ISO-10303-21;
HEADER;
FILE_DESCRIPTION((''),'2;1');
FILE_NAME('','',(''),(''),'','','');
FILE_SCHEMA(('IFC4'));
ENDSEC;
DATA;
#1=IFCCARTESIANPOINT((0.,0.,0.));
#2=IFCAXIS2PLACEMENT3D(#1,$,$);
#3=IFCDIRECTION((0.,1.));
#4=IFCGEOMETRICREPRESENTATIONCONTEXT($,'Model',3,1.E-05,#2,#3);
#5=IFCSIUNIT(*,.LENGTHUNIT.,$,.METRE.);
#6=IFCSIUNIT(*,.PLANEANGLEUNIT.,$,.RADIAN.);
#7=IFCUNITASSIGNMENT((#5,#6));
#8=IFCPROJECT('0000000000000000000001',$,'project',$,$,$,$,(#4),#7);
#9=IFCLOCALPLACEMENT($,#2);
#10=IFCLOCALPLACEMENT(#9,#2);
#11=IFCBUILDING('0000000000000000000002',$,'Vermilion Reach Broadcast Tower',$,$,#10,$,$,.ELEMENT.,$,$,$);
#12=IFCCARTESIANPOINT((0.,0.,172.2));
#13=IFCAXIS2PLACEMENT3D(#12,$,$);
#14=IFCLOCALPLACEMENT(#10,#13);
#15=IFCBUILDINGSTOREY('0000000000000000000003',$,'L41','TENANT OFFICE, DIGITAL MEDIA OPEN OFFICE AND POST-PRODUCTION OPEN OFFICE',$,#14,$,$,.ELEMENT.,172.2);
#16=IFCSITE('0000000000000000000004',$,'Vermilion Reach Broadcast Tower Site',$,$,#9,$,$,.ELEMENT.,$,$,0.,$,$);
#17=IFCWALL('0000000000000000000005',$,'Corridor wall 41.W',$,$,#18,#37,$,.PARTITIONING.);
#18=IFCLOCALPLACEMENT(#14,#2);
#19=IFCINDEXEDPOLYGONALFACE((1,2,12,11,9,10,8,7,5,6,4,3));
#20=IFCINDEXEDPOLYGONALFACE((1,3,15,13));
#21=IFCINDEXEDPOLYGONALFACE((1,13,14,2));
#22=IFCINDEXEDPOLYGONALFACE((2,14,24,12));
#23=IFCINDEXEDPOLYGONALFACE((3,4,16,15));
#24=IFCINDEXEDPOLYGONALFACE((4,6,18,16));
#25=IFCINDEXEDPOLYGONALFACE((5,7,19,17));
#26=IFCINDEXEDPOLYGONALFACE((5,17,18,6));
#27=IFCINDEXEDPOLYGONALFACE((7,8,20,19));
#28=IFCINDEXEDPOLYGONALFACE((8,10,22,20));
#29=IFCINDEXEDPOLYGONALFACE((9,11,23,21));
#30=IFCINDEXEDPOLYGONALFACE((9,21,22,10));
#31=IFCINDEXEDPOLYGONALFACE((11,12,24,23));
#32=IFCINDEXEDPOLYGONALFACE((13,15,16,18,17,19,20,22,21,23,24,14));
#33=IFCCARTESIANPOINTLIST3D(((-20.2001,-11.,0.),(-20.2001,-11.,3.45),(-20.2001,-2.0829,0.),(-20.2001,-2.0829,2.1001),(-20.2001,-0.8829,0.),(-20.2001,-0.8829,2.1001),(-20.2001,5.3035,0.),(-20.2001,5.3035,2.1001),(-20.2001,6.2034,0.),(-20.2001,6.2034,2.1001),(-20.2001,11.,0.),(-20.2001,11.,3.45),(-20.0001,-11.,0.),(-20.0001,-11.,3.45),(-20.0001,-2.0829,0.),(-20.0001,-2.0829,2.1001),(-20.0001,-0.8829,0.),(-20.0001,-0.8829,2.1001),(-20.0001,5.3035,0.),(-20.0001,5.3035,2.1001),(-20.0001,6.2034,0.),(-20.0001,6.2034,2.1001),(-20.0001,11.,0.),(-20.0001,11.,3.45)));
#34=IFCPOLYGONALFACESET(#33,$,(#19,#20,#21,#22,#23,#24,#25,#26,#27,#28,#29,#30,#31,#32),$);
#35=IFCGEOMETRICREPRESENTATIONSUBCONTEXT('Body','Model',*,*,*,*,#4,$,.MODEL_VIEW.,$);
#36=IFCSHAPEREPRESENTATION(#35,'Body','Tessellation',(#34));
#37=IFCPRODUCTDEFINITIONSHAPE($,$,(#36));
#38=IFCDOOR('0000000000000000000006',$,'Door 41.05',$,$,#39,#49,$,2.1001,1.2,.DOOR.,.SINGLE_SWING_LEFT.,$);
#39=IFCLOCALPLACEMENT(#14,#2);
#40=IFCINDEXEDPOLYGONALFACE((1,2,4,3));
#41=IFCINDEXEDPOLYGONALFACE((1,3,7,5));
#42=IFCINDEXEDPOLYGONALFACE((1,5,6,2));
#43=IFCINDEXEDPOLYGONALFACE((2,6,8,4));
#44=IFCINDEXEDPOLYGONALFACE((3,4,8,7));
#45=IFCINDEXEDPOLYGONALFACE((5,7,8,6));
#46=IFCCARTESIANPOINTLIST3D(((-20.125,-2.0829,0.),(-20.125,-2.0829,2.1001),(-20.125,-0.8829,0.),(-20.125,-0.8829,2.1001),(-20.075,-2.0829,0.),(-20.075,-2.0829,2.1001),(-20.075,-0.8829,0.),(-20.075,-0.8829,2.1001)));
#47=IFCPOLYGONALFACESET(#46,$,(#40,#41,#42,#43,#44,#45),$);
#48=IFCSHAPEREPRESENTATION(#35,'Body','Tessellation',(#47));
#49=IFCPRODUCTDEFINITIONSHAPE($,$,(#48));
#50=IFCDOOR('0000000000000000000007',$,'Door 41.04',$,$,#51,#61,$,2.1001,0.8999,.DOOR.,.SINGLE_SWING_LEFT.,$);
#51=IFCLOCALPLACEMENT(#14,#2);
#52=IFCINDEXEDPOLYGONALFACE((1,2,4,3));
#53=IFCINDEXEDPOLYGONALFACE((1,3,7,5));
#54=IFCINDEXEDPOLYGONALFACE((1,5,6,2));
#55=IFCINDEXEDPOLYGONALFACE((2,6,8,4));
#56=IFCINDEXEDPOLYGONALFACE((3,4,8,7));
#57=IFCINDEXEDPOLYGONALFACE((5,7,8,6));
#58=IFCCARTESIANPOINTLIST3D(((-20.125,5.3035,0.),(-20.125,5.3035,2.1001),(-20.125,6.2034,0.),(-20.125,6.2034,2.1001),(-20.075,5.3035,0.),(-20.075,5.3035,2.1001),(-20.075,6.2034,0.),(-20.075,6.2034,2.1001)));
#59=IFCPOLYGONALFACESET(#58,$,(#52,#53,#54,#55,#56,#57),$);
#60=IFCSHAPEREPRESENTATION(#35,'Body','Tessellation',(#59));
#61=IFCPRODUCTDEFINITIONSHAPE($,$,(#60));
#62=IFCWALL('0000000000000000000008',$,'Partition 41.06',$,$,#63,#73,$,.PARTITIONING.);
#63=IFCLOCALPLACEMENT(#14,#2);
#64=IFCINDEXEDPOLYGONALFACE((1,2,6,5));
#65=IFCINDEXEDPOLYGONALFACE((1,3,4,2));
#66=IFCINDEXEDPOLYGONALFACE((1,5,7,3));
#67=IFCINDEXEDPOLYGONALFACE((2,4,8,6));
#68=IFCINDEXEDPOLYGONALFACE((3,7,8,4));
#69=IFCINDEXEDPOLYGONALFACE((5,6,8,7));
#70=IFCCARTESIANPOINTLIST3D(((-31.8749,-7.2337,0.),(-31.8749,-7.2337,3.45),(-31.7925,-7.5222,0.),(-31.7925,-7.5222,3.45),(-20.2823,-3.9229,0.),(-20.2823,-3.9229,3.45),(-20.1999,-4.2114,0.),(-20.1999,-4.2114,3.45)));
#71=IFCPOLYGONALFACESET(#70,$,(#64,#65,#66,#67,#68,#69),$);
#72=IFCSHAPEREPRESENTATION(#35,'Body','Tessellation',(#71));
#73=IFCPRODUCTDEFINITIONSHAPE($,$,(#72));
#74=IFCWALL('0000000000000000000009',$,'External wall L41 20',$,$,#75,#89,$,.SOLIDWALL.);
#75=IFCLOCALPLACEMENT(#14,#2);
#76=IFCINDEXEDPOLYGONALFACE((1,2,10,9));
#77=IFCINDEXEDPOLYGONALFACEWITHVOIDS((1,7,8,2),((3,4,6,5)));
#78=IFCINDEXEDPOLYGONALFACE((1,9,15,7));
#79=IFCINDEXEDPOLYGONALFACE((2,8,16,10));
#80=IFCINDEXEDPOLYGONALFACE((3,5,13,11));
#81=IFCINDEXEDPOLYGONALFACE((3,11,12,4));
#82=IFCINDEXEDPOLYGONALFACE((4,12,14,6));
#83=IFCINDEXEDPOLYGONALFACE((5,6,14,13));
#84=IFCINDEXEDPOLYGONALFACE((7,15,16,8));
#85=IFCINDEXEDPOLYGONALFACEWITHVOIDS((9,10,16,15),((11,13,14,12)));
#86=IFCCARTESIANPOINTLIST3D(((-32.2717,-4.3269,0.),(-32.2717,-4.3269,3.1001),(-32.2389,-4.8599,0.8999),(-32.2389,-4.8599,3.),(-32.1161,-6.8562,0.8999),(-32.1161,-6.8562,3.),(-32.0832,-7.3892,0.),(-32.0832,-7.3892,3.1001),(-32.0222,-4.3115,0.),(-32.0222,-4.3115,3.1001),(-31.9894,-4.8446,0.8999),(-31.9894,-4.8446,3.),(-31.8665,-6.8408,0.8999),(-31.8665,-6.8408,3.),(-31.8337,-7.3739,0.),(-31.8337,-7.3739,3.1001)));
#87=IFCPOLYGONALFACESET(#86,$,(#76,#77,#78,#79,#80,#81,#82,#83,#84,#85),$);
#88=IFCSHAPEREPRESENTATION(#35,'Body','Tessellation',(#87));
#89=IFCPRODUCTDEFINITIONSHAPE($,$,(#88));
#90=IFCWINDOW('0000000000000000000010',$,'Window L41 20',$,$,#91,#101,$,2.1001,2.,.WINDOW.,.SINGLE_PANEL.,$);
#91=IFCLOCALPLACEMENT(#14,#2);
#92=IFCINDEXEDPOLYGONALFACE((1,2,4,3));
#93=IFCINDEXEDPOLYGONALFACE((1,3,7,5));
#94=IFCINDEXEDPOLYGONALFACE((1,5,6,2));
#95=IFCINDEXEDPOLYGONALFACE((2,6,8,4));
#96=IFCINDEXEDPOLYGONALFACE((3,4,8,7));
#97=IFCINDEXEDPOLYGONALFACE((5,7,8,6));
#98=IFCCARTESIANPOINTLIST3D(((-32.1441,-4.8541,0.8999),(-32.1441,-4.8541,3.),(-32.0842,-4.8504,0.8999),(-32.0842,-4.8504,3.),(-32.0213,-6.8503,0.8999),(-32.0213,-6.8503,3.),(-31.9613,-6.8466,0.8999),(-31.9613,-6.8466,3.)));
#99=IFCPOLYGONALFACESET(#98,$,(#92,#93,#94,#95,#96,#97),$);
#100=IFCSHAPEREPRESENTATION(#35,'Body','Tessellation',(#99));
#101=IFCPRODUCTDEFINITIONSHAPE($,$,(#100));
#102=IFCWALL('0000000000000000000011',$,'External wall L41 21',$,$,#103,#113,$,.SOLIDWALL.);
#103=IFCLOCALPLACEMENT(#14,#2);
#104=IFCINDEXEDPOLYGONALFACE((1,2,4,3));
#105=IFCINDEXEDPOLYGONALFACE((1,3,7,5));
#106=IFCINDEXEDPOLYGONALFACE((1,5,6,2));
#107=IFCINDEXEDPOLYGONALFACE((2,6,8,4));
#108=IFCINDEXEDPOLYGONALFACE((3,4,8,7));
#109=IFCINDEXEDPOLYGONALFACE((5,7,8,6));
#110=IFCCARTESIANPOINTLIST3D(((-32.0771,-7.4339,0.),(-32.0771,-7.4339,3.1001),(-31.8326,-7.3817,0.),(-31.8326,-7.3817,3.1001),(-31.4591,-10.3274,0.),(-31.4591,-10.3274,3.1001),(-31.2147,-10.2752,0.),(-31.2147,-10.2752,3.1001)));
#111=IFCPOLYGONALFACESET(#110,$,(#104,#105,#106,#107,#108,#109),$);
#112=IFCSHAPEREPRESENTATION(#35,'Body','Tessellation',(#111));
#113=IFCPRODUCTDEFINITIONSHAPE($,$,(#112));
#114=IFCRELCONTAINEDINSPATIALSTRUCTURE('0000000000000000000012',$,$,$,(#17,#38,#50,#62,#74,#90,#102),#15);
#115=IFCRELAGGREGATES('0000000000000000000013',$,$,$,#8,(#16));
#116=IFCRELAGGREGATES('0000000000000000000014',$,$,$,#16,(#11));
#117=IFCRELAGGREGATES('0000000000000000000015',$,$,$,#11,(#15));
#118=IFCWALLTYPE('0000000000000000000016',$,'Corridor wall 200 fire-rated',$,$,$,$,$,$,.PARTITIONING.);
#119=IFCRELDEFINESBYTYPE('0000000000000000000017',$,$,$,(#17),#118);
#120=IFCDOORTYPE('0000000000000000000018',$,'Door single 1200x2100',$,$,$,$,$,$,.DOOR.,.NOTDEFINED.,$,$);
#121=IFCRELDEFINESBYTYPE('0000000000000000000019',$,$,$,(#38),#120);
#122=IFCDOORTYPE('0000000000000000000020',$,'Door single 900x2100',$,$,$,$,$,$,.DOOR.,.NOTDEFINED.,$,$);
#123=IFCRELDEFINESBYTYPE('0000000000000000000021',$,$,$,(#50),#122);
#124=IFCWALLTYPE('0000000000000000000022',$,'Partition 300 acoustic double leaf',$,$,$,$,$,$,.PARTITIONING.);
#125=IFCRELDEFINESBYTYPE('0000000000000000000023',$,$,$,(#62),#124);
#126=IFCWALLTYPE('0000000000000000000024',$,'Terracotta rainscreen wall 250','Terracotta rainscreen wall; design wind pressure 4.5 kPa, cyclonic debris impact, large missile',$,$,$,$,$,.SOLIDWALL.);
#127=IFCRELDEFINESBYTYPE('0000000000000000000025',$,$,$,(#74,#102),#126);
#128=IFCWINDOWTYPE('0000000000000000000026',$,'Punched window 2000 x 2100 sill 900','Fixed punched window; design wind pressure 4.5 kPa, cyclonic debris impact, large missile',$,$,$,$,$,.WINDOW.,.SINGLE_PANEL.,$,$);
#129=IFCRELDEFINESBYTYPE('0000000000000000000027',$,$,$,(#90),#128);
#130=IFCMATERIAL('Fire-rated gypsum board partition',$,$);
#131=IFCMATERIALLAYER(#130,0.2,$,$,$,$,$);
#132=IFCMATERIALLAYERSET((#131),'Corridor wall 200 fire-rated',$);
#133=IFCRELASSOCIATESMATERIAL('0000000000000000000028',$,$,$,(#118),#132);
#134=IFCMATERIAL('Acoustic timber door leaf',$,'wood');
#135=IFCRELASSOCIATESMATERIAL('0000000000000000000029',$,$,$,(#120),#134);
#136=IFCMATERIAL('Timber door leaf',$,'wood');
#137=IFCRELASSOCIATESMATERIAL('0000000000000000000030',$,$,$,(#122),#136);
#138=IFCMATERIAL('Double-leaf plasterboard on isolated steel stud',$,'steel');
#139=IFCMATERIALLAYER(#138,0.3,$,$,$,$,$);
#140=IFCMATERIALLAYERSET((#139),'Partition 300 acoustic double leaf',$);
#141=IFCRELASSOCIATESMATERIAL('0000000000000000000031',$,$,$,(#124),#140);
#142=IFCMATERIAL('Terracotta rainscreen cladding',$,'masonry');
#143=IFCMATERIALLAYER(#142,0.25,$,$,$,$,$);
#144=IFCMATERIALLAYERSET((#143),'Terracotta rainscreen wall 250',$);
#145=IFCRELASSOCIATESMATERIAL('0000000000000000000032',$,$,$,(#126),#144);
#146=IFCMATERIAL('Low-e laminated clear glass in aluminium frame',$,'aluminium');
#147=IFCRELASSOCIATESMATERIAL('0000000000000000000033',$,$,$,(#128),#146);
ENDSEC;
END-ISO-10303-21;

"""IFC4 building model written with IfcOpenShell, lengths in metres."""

from ifc_helpers import new_model, si_unit, direction, frame, frame_2d, origin, place, context, subcontext, project, spatial, rectangle, extrude, material, layer, layer_set, type_object, element, fill, save


model = new_model("IFC4")

# Units and contexts
model_context = context("Model", 3, precision=1e-05, world=origin(), true_north=direction((0.0, 1.0)))
body_context = subcontext(model_context, "Body", "Model", "MODEL_VIEW")
ifc_project = project(units=[si_unit("LENGTHUNIT", "METRE"), si_unit("PLANEANGLEUNIT", "RADIAN")], contexts=[model_context])

# Site, building, storey
site_placement = place(None, origin())
site = spatial("IfcSite", under=ifc_project, at=site_placement, Name="Vermilion Reach Broadcast Tower Site", CompositionType="ELEMENT", RefElevation=0.0)
building_placement = place(site_placement, origin())
building = spatial("IfcBuilding", under=site, at=building_placement, Name="Vermilion Reach Broadcast Tower", CompositionType="ELEMENT")
storey_placement = place(building_placement, frame((0.0, 0.0, 172.2)))
storey = spatial("IfcBuildingStorey", under=building, at=storey_placement, Name="L41", Description="TENANT OFFICE, DIGITAL MEDIA OPEN OFFICE AND POST-PRODUCTION OPEN OFFICE", CompositionType="ELEMENT", Elevation=172.2)

# Wall, openings, doors
ifc_material_1 = material(Name="Fire-rated gypsum board partition")
ifc_layer_1 = layer(ifc_material_1, 0.2)
ifc_layer_set_1 = layer_set([ifc_layer_1], Name="Corridor wall 200 fire-rated")
wall_type_1 = type_object("IfcWallType", Name="Corridor wall 200 fire-rated", PredefinedType="PARTITIONING", material=ifc_layer_set_1)
wall_1_placement = place(storey_placement, frame((-20.1001, -11.0, 0.0), z_axis=(0.0, 0.0, 1.0), x_axis=(0.0, 1.0, 0.0)))
wall_1 = element("IfcWall", 1, at=wall_1_placement, inside=storey, type_object=wall_type_1, Name="Corridor wall 41.W", PredefinedType="PARTITIONING", context=body_context, shape_type="SweptSolid", body=[
    extrude(rectangle(XDim=22.0, YDim=0.2, at=frame_2d((11.0, 0.0))), origin(), (0.0, 0.0, 1.0), 3.45),
])
opening_1_placement = place(wall_1_placement, frame((16.3035, 0.0, 0.0)))
opening_1 = element("IfcOpeningElement", 2, at=opening_1_placement, cuts=wall_1, PredefinedType="OPENING", context=body_context, shape_type="SweptSolid", body=[
    extrude(rectangle(XDim=0.8999, YDim=2.1001, at=frame_2d((0.45, 1.05))), frame((0.0, 0.1099, 0.0), z_axis=(0.0, -1.0, 0.0), x_axis=(1.0, 0.0, 0.0)), (0.0, 0.0, 1.0), 0.22),
])
opening_2_placement = place(wall_1_placement, frame((8.917, 0.0, 0.0)))
opening_2 = element("IfcOpeningElement", 3, at=opening_2_placement, cuts=wall_1, PredefinedType="OPENING", context=body_context, shape_type="SweptSolid", body=[
    extrude(rectangle(XDim=1.2, YDim=2.1001, at=frame_2d((0.6001, 1.05))), frame((0.0, 0.1099, 0.0), z_axis=(0.0, -1.0, 0.0), x_axis=(1.0, 0.0, 0.0)), (0.0, 0.0, 1.0), 0.22),
])
ifc_material_2 = material(Name="Acoustic timber door leaf", Category="wood")
door_type_1 = type_object("IfcDoorType", Name="Door single 1200x2100", OperationType="NOTDEFINED", PredefinedType="DOOR", material=ifc_material_2)
door_1_placement = place(opening_2_placement, origin())
door_1 = element("IfcDoor", 4, at=door_1_placement, inside=storey, type_object=door_type_1, Name="Door 41.05", OperationType="SINGLE_SWING_LEFT", OverallHeight=2.1001, OverallWidth=1.2, PredefinedType="DOOR", context=body_context, shape_type="SweptSolid", body=[
    extrude(rectangle(XDim=1.2, YDim=2.1001, at=frame_2d((0.6001, 1.05))), frame((0.0, 0.0249, 0.0), z_axis=(0.0, -1.0, 0.0), x_axis=(1.0, 0.0, 0.0)), (0.0, 0.0, 1.0), 0.05),
])
fill(opening_2, door_1)
ifc_material_3 = material(Name="Timber door leaf", Category="wood")
door_type_2 = type_object("IfcDoorType", Name="Door single 900x2100", OperationType="NOTDEFINED", PredefinedType="DOOR", material=ifc_material_3)
door_2_placement = place(opening_1_placement, origin())
door_2 = element("IfcDoor", 5, at=door_2_placement, inside=storey, type_object=door_type_2, Name="Door 41.04", OperationType="SINGLE_SWING_LEFT", OverallHeight=2.1001, OverallWidth=0.8999, PredefinedType="DOOR", context=body_context, shape_type="SweptSolid", body=[
    extrude(rectangle(XDim=0.8999, YDim=2.1001, at=frame_2d((0.45, 1.05))), frame((0.0, 0.0249, 0.0), z_axis=(0.0, -1.0, 0.0), x_axis=(1.0, 0.0, 0.0)), (0.0, 0.0, 1.0), 0.05),
])
fill(opening_1, door_2)

# Wall
ifc_material_4 = material(Name="Double-leaf plasterboard on isolated steel stud", Category="steel")
ifc_layer_2 = layer(ifc_material_4, 0.3)
ifc_layer_set_2 = layer_set([ifc_layer_2], Name="Partition 300 acoustic double leaf")
wall_type_2 = type_object("IfcWallType", Name="Partition 300 acoustic double leaf", PredefinedType="PARTITIONING", material=ifc_layer_set_2)
wall_2_placement = place(storey_placement, frame((-31.8337, -7.3779, 0.0), z_axis=(0.0, 0.0, 1.0), x_axis=(0.961554, 0.274617, 0.0)))
element("IfcWall", 6, at=wall_2_placement, inside=storey, type_object=wall_type_2, Name="Partition 41.06", PredefinedType="PARTITIONING", context=body_context, shape_type="SweptSolid", body=[
    extrude(rectangle(XDim=12.0562, YDim=0.3, at=frame_2d((6.0281, 0.0))), origin(), (0.0, 0.0, 1.0), 3.45),
])

# Shared definitions
ifc_material_5 = material(Name="Terracotta rainscreen cladding", Category="masonry")
ifc_layer_3 = layer(ifc_material_5, 0.25)
ifc_layer_set_3 = layer_set([ifc_layer_3], Name="Terracotta rainscreen wall 250")
wall_type_3 = type_object("IfcWallType", Name="Terracotta rainscreen wall 250", Description="Terracotta rainscreen wall; design wind pressure 4.5 kPa, cyclonic debris impact, large missile", PredefinedType="SOLIDWALL", material=ifc_layer_set_3)

# Wall, opening, window
wall_3_placement = place(storey_placement, frame((-32.147, -4.3191, 0.0), z_axis=(0.0, 0.0, 1.0), x_axis=(0.061432, -0.998111, 0.0)))
wall_3 = element("IfcWall", 7, at=wall_3_placement, inside=storey, type_object=wall_type_3, Name="External wall L41 20", PredefinedType="SOLIDWALL", context=body_context, shape_type="SweptSolid", body=[
    extrude(rectangle(XDim=3.0681, YDim=0.25, at=frame_2d((1.5342, 0.0))), origin(), (0.0, 0.0, 1.0), 3.1001),
])
opening_3_placement = place(wall_3_placement, frame((0.5342, 0.0, 0.8999)))
opening_3 = element("IfcOpeningElement", 8, at=opening_3_placement, cuts=wall_3, PredefinedType="OPENING", context=body_context, shape_type="SweptSolid", body=[
    extrude(rectangle(XDim=2.0, YDim=2.1001, at=frame_2d((1.0, 1.05))), frame((0.0, 0.135, 0.0), z_axis=(0.0, -1.0, 0.0), x_axis=(1.0, 0.0, 0.0)), (0.0, 0.0, 1.0), 0.27),
])
ifc_material_6 = material(Name="Low-e laminated clear glass in aluminium frame", Category="aluminium")
window_type = type_object("IfcWindowType", Name="Punched window 2000 x 2100 sill 900", Description="Fixed punched window; design wind pressure 4.5 kPa, cyclonic debris impact, large missile", PartitioningType="SINGLE_PANEL", PredefinedType="WINDOW", material=ifc_material_6)
window_placement = place(opening_3_placement, origin())
window = element("IfcWindow", 9, at=window_placement, inside=storey, type_object=window_type, Name="Window L41 20", OverallHeight=2.1001, OverallWidth=2.0, PartitioningType="SINGLE_PANEL", PredefinedType="WINDOW", context=body_context, shape_type="SweptSolid", body=[
    extrude(rectangle(XDim=2.0, YDim=2.1001, at=frame_2d((1.0, 1.05))), frame((0.0, 0.03, 0.0), z_axis=(0.0, -1.0, 0.0), x_axis=(1.0, 0.0, 0.0)), (0.0, 0.0, 1.0), 0.0601),
])
fill(opening_3, window)

# Wall
wall_4_placement = place(storey_placement, frame((-31.9548, -7.4077, 0.0), z_axis=(0.0, 0.0, 1.0), x_axis=(0.208842, -0.977949, 0.0)))
element("IfcWall", 10, at=wall_4_placement, inside=storey, type_object=wall_type_3, Name="External wall L41 21", PredefinedType="SOLIDWALL", context=body_context, shape_type="SweptSolid", body=[
    extrude(rectangle(XDim=2.9587, YDim=0.25, at=frame_2d((1.4795, 0.0))), origin(), (0.0, 0.0, 1.0), 3.1001),
])

save(model, "model.ifc")
